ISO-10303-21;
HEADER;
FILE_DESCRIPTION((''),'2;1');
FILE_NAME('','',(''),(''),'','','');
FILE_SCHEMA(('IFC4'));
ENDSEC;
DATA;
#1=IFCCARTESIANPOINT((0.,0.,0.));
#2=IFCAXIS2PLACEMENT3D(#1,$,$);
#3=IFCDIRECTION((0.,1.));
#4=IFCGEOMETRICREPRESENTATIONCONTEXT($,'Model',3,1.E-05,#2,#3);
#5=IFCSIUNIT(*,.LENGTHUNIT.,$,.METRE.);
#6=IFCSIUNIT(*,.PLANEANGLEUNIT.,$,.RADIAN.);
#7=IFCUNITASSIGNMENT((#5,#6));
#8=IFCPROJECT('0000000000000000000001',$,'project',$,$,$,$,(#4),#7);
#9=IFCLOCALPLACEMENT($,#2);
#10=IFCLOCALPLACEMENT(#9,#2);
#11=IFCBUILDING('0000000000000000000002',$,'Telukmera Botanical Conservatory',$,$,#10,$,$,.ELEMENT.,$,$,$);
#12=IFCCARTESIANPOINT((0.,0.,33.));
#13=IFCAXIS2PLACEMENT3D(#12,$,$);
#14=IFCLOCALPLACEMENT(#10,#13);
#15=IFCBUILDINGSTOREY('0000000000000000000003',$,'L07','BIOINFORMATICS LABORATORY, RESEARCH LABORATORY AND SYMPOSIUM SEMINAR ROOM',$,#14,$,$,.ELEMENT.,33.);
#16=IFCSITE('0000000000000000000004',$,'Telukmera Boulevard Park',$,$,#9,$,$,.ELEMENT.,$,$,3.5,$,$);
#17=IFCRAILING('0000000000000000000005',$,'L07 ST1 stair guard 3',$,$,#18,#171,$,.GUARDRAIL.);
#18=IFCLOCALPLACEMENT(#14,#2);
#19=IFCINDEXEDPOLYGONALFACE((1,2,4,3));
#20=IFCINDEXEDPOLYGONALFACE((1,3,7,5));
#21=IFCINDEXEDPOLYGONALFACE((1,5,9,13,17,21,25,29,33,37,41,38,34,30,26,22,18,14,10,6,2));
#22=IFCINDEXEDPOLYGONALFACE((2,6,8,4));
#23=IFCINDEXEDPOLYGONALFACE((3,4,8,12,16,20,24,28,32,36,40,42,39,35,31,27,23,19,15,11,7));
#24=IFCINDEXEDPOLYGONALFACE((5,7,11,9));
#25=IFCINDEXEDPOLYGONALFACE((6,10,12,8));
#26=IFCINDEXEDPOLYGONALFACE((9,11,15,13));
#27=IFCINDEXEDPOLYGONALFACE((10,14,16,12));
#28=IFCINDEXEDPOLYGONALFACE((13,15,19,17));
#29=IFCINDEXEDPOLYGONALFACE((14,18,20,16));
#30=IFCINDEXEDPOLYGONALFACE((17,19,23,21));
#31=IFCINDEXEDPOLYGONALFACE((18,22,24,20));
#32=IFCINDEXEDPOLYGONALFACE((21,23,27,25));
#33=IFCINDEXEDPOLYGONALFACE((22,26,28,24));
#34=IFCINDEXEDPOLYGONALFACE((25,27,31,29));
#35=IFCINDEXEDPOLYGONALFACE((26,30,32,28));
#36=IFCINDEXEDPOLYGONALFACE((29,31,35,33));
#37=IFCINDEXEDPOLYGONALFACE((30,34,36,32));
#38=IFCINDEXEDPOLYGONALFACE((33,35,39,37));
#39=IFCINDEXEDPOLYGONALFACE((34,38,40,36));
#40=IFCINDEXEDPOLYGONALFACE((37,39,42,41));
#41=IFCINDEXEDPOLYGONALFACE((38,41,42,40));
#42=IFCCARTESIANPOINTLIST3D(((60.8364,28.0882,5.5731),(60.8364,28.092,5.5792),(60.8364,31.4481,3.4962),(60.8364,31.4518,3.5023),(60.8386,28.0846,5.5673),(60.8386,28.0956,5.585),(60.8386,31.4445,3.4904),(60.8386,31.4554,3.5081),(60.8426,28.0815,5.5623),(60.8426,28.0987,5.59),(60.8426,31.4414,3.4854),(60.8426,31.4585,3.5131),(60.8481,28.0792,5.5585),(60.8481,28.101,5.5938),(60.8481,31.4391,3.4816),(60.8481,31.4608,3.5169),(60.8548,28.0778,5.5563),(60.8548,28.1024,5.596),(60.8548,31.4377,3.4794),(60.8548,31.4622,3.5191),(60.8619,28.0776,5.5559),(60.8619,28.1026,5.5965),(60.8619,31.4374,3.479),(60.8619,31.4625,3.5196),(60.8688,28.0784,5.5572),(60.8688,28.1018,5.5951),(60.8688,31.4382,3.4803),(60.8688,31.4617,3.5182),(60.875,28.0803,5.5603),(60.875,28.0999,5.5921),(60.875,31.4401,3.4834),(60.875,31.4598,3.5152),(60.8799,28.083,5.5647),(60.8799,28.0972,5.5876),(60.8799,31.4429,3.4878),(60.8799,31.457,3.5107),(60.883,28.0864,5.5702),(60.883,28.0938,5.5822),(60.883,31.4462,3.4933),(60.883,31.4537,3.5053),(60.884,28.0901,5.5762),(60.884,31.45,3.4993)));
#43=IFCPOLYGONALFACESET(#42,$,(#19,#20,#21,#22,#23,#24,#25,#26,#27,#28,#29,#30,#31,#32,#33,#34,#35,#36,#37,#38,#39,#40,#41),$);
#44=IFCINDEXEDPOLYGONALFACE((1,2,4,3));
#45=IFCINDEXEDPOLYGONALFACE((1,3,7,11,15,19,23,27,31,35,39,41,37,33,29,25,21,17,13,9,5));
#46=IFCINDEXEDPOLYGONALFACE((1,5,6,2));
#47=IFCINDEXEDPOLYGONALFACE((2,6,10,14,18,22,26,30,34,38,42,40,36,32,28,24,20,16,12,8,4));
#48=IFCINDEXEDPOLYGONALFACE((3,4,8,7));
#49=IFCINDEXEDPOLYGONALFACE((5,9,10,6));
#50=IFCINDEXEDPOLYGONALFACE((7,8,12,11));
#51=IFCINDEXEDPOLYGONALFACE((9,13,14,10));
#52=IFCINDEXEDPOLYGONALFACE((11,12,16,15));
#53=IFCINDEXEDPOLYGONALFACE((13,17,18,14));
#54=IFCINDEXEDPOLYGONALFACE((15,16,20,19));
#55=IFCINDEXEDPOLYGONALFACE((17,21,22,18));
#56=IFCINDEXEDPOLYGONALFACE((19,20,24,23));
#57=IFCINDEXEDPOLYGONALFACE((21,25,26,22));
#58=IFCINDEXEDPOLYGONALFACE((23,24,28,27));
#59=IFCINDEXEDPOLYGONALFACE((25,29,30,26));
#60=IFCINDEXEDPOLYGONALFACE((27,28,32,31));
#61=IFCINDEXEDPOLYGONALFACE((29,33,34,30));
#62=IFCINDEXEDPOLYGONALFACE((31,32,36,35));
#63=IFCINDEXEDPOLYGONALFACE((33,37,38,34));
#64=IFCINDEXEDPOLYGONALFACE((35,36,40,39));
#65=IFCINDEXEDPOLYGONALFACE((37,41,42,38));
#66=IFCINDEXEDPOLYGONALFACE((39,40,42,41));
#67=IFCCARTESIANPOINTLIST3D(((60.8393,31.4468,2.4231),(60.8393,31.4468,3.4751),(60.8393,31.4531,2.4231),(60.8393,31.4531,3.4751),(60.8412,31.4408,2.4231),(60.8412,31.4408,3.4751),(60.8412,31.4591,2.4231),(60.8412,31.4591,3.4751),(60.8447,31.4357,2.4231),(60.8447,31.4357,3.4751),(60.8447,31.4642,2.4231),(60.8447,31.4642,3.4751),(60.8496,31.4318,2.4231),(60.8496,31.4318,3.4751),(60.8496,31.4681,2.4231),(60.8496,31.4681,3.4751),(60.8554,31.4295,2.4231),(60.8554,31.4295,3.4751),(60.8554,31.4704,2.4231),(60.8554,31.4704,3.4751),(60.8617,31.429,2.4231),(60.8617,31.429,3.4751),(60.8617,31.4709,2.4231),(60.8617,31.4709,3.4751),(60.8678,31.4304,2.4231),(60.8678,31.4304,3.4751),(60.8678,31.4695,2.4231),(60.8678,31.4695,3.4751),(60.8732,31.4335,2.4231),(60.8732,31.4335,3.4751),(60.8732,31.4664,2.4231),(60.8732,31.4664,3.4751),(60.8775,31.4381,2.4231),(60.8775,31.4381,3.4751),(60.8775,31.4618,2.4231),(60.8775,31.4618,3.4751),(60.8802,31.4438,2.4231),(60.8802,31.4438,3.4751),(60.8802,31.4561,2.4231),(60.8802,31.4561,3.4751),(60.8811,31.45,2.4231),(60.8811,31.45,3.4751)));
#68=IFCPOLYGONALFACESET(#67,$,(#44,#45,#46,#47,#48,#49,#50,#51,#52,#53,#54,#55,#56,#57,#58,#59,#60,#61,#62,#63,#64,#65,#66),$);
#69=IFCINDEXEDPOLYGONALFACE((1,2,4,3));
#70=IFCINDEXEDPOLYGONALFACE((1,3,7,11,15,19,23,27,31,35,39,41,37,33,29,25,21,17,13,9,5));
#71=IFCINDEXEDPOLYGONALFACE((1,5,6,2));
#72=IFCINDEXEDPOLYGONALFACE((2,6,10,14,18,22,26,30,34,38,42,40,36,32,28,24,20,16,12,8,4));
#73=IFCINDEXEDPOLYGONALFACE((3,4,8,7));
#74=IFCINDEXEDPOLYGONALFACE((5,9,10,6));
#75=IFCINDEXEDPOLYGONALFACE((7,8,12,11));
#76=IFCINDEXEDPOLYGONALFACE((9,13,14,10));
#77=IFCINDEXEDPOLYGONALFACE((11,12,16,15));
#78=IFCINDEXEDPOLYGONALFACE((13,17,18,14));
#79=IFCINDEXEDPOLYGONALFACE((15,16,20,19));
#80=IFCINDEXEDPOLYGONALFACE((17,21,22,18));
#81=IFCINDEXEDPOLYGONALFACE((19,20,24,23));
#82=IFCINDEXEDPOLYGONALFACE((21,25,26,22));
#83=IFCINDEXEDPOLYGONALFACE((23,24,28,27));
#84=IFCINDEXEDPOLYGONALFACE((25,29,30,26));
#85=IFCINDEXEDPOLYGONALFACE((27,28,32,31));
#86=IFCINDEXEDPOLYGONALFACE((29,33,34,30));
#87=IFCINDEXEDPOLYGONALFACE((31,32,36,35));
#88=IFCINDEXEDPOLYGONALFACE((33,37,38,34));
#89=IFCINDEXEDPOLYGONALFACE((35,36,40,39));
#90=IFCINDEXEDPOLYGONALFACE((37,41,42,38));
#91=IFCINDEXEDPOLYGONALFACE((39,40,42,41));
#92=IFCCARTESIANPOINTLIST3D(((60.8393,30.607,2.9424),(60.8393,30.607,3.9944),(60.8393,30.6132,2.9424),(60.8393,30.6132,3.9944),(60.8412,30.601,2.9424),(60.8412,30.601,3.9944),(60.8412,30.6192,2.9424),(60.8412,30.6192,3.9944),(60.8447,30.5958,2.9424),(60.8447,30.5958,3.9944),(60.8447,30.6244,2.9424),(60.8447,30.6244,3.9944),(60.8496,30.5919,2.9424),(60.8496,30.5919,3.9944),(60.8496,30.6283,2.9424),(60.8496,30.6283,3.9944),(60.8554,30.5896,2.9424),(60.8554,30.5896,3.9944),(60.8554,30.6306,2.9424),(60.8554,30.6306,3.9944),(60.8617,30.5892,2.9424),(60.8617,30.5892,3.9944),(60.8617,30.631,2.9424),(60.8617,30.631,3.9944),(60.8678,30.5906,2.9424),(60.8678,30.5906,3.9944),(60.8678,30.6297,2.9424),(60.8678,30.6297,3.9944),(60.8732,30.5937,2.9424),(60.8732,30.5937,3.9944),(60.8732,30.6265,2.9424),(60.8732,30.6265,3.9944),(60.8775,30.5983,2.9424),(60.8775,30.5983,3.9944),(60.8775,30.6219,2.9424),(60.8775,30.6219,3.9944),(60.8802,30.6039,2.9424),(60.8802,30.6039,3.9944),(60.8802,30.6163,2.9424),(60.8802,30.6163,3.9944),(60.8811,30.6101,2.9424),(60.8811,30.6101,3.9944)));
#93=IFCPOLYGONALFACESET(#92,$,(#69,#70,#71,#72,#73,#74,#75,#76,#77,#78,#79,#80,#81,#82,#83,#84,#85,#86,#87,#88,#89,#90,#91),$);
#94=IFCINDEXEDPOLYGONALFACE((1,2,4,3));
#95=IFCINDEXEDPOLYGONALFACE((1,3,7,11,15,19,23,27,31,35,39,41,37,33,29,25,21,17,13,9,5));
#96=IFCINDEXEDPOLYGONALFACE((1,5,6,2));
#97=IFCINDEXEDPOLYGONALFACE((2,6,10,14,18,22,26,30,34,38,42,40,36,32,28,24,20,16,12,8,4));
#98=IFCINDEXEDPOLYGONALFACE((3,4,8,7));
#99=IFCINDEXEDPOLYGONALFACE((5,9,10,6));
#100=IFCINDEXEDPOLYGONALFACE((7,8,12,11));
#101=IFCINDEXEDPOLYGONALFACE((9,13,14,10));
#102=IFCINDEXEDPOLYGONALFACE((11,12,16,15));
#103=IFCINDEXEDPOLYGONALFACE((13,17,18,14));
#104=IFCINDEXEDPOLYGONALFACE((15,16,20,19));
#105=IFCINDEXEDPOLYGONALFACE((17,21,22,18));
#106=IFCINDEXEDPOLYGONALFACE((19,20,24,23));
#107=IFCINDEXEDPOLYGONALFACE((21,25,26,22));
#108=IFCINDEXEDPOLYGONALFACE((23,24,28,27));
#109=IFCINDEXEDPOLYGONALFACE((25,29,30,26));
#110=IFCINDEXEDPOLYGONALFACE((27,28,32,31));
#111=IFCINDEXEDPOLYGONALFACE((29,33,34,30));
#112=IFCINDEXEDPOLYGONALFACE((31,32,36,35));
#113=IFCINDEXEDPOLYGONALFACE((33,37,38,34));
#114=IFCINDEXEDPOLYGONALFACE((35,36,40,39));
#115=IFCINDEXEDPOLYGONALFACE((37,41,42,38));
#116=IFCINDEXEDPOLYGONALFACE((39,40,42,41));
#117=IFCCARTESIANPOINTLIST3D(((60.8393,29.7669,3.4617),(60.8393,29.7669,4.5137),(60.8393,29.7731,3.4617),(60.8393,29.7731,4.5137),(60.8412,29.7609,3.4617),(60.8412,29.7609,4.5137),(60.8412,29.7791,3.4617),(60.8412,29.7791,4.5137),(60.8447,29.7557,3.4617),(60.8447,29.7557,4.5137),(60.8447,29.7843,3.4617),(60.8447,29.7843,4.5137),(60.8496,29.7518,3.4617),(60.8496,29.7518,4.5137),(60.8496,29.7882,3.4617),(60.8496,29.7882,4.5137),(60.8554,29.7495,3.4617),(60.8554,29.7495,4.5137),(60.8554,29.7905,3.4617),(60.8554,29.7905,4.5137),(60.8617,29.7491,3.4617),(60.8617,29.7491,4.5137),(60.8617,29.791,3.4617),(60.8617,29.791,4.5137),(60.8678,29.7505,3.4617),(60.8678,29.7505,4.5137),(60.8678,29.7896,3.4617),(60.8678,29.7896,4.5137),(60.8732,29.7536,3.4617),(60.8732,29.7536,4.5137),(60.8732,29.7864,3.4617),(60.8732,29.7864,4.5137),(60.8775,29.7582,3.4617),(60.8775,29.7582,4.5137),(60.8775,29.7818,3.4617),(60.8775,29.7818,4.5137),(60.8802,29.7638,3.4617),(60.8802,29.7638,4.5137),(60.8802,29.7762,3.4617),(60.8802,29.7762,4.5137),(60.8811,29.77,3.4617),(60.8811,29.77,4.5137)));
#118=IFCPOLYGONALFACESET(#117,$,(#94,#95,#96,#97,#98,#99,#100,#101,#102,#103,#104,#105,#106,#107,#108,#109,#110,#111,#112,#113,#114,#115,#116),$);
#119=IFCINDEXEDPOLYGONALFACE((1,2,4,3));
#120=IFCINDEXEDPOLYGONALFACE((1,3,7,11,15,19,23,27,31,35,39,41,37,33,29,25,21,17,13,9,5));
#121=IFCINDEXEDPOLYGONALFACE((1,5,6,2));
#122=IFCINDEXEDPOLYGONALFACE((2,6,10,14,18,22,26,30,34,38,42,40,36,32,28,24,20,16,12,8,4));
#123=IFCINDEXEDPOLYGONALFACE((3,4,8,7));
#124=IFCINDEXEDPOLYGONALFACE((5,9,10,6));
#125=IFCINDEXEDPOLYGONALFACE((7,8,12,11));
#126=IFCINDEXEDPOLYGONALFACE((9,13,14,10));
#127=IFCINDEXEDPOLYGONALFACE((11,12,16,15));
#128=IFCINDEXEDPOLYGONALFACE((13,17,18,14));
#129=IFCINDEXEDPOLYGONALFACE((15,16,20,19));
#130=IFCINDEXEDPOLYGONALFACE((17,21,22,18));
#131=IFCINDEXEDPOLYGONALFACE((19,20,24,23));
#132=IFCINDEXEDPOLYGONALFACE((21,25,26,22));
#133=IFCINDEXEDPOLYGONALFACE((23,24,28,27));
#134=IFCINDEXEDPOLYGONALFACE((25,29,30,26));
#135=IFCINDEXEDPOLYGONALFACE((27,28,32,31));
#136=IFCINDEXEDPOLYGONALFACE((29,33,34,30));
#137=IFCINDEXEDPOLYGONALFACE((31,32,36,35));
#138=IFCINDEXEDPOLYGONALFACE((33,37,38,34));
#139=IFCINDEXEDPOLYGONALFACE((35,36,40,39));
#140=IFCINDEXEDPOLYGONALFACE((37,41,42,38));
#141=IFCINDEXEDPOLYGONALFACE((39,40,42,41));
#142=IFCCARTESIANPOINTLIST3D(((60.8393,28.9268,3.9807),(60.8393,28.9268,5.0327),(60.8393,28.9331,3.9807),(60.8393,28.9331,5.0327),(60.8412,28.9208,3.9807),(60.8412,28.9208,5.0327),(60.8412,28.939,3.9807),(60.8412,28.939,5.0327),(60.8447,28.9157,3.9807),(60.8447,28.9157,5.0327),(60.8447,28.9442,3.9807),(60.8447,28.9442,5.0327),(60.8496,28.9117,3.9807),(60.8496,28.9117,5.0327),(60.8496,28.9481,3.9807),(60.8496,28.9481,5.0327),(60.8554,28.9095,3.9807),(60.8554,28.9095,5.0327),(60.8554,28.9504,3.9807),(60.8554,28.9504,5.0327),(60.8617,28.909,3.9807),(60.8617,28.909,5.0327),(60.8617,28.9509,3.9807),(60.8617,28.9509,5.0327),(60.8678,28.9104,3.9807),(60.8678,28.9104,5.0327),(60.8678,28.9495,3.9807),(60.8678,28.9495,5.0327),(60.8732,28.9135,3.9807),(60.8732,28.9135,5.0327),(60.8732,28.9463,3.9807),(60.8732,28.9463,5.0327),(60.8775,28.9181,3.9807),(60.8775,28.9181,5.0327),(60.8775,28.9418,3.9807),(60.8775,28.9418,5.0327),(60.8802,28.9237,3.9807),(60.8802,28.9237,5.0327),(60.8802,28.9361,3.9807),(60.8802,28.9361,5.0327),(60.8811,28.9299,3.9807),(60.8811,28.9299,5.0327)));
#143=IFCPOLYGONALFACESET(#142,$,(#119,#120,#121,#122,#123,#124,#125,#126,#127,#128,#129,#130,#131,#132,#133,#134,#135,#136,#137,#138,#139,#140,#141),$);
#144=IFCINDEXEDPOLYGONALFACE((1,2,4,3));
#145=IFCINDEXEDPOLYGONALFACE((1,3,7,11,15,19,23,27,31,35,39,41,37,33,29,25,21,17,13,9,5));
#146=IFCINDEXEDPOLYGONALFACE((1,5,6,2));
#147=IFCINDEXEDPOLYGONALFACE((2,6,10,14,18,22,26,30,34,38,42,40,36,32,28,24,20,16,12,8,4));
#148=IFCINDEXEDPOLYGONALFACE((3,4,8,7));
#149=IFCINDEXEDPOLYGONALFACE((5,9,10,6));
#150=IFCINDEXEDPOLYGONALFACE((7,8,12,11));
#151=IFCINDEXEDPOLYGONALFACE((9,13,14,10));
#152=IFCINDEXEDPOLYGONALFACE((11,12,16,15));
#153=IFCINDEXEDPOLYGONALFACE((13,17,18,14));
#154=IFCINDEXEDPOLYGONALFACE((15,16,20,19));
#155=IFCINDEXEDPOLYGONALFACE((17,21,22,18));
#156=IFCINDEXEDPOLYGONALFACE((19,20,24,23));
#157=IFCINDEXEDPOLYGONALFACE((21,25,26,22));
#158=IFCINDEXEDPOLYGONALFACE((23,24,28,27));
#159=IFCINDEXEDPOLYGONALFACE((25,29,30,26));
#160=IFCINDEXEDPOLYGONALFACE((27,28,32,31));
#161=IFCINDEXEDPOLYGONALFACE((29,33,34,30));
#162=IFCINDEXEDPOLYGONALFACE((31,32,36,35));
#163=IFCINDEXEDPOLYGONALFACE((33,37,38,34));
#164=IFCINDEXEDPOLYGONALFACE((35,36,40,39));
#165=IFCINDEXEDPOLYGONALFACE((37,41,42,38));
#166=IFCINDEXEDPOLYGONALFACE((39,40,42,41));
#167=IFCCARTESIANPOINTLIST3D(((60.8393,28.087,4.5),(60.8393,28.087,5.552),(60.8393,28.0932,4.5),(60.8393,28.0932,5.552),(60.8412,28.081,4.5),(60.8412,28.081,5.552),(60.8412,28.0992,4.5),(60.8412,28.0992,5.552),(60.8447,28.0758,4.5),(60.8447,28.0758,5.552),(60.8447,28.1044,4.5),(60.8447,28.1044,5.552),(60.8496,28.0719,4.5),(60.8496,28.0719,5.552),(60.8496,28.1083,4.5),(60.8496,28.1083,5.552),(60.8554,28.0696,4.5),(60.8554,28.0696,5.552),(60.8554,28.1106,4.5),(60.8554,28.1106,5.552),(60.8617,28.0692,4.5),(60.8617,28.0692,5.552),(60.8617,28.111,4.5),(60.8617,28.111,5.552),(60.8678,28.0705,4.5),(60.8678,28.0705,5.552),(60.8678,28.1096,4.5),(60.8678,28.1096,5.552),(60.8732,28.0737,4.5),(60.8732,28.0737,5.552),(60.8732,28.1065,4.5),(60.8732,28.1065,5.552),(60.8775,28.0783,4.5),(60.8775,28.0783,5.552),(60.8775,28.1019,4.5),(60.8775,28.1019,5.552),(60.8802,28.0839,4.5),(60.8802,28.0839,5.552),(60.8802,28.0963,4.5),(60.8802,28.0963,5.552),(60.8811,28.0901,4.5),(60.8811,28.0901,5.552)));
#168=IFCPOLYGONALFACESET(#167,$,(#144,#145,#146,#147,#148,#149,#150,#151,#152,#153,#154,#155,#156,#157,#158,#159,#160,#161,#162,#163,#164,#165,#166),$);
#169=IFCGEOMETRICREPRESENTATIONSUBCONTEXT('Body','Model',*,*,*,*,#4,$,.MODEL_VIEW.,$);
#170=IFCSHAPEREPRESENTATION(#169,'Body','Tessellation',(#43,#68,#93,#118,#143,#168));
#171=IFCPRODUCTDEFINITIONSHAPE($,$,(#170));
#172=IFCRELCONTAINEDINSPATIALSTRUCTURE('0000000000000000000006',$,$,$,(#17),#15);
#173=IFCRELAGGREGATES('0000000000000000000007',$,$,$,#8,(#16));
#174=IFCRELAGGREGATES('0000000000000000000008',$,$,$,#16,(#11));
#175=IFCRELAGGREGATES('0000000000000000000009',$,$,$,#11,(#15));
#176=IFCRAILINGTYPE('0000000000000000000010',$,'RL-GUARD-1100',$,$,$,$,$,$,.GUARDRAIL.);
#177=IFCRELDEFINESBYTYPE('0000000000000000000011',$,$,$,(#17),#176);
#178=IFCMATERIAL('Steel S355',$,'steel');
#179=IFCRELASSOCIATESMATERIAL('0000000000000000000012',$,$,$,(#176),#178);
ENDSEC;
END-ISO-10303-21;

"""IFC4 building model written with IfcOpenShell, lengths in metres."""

from ifc_helpers import new_model, si_unit, direction, frame, origin, origin_2d, place, context, subcontext, project, spatial, circle, extrude, material, type_object, element, save


model = new_model("IFC4")

# Units and contexts
model_context = context("Model", 3, precision=1e-05, world=origin(), true_north=direction((0.0, 1.0)))
body_context = subcontext(model_context, "Body", "Model", "MODEL_VIEW")
ifc_project = project(units=[si_unit("LENGTHUNIT", "METRE"), si_unit("PLANEANGLEUNIT", "RADIAN")], contexts=[model_context])

# Site, building, storey
site_placement = place(None, origin())
site = spatial("IfcSite", under=ifc_project, at=site_placement, Name="Telukmera Boulevard Park", CompositionType="ELEMENT", RefElevation=3.5)
building_placement = place(site_placement, origin())
building = spatial("IfcBuilding", under=site, at=building_placement, Name="Telukmera Botanical Conservatory", CompositionType="ELEMENT")
storey_placement = place(building_placement, frame((0.0, 0.0, 33.0)))
storey = spatial("IfcBuildingStorey", under=building, at=storey_placement, Name="L07", Description="BIOINFORMATICS LABORATORY, RESEARCH LABORATORY AND SYMPOSIUM SEMINAR ROOM", CompositionType="ELEMENT", Elevation=33.0)

# Railing
ifc_material_1 = material(Name="Steel S355", Category="steel")
railing_type_1 = type_object("IfcRailingType", Name="RL-GUARD-1100", PredefinedType="GUARDRAIL", material=ifc_material_1)
railing_1_placement = place(storey_placement, frame((60.8601, 31.45, 2.4231)))
element("IfcRailing", 1, at=railing_1_placement, inside=storey, type_object=railing_type_1, Name="L07 ST1 stair guard 3", PredefinedType="GUARDRAIL", context=body_context, shape_type="SweptSolid", body=[
    extrude(circle(Radius=0.0239, at=origin_2d()), frame((0.0, 0.0, 1.0762), z_axis=(0.0, -0.850606, 0.525803), x_axis=(1.0, 0.0, 0.0)), (0.0, 0.0, 1.0), 3.95),
    extrude(circle(Radius=0.021, at=origin_2d()), origin(), (0.0, 0.0, 1.0), 1.052),
    extrude(circle(Radius=0.021, at=origin_2d()), frame((0.0, -0.8398, 0.5193)), (0.0, 0.0, 1.0), 1.052),
    extrude(circle(Radius=0.021, at=origin_2d()), frame((0.0, -1.6799, 1.0386)), (0.0, 0.0, 1.0), 1.052),
    extrude(circle(Radius=0.021, at=origin_2d()), frame((0.0, -2.52, 1.5576)), (0.0, 0.0, 1.0), 1.052),
    extrude(circle(Radius=0.021, at=origin_2d()), frame((0.0, -3.3599, 2.0769)), (0.0, 0.0, 1.0), 1.052),
])

save(model, "model.ifc")
